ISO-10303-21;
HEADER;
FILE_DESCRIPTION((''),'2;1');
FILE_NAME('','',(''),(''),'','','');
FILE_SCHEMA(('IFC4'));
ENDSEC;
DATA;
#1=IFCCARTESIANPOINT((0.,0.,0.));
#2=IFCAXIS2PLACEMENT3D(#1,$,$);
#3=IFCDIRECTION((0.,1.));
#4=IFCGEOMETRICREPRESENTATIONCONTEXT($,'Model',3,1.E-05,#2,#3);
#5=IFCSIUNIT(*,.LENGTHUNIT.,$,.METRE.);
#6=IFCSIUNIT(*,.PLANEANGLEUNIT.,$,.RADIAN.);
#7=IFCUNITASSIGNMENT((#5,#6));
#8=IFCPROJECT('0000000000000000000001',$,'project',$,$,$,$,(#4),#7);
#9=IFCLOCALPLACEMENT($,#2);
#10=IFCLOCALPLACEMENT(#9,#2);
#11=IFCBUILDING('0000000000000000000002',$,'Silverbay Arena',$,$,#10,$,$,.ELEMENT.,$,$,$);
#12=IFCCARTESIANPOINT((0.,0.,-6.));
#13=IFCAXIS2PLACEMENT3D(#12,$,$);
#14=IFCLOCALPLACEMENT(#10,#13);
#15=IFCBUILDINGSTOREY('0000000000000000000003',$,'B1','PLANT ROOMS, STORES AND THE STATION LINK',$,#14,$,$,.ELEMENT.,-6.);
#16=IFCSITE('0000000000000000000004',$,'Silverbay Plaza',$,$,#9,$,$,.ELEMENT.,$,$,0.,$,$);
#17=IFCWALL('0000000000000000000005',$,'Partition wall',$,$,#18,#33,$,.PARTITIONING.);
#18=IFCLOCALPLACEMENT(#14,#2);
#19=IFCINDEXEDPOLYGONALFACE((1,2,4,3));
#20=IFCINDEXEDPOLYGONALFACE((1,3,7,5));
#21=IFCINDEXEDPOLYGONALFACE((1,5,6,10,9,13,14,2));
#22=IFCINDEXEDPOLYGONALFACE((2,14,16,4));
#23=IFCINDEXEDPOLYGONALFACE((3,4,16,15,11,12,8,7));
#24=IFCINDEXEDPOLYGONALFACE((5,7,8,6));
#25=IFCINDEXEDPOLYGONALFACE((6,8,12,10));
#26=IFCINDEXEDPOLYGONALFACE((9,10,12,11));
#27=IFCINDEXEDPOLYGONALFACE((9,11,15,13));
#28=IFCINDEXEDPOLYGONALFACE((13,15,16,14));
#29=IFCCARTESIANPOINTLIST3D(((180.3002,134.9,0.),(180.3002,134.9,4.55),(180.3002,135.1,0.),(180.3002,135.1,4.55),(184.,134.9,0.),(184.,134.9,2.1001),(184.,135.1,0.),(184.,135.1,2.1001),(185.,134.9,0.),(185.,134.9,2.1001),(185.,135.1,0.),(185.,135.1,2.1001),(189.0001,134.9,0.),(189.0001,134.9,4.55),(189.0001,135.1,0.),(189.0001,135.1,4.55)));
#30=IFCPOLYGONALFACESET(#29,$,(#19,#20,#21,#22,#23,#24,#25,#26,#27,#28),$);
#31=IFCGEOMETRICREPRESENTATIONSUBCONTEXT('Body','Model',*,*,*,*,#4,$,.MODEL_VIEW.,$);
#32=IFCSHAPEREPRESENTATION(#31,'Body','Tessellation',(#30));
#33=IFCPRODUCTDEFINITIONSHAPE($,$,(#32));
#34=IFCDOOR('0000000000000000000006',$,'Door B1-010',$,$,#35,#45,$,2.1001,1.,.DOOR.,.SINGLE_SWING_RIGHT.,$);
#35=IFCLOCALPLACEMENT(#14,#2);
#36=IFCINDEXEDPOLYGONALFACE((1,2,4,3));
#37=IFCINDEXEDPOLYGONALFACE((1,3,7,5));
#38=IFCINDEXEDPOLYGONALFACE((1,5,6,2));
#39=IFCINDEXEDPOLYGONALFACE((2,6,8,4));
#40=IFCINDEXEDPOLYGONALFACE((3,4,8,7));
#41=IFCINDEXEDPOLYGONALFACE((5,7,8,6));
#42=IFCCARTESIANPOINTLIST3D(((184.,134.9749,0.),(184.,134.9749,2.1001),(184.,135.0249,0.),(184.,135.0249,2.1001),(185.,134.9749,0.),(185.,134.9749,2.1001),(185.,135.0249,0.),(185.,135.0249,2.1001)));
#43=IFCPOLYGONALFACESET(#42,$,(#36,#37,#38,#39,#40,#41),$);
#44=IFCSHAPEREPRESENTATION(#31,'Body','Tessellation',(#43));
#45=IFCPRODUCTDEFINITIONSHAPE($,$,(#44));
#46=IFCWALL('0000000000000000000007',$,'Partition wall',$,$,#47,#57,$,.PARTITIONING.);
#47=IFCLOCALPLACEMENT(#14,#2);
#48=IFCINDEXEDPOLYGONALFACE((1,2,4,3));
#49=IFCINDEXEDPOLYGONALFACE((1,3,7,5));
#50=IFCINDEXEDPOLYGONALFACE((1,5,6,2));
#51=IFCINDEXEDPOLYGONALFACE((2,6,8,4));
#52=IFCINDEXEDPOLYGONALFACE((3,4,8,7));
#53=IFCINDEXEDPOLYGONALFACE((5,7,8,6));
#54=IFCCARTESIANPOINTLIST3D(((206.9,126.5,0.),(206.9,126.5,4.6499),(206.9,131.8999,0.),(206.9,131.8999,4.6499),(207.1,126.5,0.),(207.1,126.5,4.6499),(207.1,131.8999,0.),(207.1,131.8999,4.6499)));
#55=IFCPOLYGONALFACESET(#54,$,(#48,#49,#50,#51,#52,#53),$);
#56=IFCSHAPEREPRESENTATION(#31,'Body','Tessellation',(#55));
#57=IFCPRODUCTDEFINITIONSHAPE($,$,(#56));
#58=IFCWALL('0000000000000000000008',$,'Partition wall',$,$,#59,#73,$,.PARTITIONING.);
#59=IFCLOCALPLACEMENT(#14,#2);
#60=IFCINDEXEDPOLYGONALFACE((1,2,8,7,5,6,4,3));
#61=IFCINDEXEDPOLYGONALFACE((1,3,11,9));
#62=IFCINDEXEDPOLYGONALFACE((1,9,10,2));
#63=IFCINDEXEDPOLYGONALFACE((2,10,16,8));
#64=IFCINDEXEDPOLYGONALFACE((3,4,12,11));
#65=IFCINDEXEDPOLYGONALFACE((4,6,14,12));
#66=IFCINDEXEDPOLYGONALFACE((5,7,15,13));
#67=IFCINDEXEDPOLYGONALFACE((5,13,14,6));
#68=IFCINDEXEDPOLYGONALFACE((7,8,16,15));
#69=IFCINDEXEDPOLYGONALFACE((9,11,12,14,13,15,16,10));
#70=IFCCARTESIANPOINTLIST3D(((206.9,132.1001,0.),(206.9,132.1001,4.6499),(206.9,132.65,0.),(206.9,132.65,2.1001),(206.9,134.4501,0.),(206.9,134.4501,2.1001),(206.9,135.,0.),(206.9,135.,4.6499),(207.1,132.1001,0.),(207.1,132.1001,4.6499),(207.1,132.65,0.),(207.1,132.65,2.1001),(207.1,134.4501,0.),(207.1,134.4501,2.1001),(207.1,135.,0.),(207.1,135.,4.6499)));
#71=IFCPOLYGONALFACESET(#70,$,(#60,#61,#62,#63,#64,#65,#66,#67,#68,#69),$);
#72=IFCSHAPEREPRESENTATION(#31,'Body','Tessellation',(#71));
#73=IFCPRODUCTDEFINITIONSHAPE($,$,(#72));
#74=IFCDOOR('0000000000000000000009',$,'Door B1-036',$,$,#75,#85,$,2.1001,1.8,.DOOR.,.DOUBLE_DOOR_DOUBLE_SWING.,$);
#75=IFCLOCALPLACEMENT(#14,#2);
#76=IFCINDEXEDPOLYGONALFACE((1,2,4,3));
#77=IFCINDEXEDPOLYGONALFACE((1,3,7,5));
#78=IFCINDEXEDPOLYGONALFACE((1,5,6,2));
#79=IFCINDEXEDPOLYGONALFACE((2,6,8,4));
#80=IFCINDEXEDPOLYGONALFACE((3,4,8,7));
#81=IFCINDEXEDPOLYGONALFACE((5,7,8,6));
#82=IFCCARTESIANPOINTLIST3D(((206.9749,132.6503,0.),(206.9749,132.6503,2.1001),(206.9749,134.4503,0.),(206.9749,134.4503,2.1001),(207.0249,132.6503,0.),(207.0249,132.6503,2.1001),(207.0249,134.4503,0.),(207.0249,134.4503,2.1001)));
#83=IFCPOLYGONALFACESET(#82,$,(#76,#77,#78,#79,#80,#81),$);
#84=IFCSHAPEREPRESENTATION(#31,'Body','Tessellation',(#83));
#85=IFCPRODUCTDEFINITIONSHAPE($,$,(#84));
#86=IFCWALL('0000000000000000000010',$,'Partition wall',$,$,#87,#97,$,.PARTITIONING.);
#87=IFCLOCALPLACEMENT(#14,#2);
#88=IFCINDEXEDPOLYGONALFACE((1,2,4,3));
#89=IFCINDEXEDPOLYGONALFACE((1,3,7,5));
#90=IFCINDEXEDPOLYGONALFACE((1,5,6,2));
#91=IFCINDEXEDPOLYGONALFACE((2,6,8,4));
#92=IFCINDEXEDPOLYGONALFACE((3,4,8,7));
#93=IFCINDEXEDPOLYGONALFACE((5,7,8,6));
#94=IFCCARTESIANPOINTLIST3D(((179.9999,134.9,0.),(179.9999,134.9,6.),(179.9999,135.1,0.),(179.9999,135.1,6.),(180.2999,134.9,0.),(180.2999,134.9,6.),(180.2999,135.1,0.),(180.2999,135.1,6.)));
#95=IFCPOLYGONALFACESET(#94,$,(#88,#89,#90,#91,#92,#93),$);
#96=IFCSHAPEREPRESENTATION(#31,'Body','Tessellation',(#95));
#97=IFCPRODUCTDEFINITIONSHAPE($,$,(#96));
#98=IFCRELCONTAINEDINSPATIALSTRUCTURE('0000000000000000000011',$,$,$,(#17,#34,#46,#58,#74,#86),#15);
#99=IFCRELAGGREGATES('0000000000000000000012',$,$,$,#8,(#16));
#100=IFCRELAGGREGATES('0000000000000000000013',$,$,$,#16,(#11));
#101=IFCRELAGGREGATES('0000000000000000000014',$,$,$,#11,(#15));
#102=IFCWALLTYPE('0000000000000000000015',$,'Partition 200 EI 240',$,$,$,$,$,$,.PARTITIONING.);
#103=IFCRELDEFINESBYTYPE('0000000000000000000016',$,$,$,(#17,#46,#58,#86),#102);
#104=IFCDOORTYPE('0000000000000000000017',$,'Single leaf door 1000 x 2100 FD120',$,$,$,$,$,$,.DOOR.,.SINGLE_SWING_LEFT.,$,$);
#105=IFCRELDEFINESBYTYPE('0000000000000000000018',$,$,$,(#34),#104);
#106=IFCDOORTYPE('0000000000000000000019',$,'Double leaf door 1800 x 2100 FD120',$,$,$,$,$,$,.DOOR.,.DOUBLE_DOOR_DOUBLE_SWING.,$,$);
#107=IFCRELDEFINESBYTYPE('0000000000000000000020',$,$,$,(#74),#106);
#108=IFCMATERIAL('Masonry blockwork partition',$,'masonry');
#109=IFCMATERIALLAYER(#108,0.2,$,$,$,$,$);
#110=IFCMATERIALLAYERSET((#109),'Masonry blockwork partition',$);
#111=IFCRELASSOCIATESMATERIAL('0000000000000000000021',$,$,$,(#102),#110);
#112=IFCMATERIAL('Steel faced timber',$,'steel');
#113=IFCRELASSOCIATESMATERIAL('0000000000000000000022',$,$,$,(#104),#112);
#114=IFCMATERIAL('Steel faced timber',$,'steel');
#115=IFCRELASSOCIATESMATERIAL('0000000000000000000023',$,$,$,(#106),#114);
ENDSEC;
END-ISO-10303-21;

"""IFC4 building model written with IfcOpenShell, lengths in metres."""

from ifc_helpers import new_model, si_unit, direction, frame, frame_2d, origin, place, context, subcontext, project, spatial, rectangle, extrude, material, layer, layer_set, type_object, element, fill, save


model = new_model("IFC4")

# Units and contexts
model_context = context("Model", 3, precision=1e-05, world=origin(), true_north=direction((0.0, 1.0)))
body_context = subcontext(model_context, "Body", "Model", "MODEL_VIEW")
ifc_project = project(units=[si_unit("LENGTHUNIT", "METRE"), si_unit("PLANEANGLEUNIT", "RADIAN")], contexts=[model_context])

# Site, building, storey
site_placement = place(None, origin())
site = spatial("IfcSite", under=ifc_project, at=site_placement, Name="Silverbay Plaza", CompositionType="ELEMENT", RefElevation=0.0)
building_placement = place(site_placement, origin())
building = spatial("IfcBuilding", under=site, at=building_placement, Name="Silverbay Arena", CompositionType="ELEMENT")
storey_placement = place(building_placement, frame((0.0, 0.0, -6.0)))
storey = spatial("IfcBuildingStorey", under=building, at=storey_placement, Name="B1", Description="PLANT ROOMS, STORES AND THE STATION LINK", CompositionType="ELEMENT", Elevation=-6.0)

# Shared definitions
ifc_material_1 = material(Name="Masonry blockwork partition", Category="masonry")
ifc_layer_1 = layer(ifc_material_1, 0.2)
ifc_layer_set_1 = layer_set([ifc_layer_1], Name="Masonry blockwork partition")
wall_type_1 = type_object("IfcWallType", Name="Partition 200 EI 240", PredefinedType="PARTITIONING", material=ifc_layer_set_1)

# Wall, opening, door
wall_1_placement = place(storey_placement, frame((180.3, 135.0, 0.0), z_axis=(0.0, 0.0, 1.0), x_axis=(1.0, 0.0, 0.0)))
wall_1 = element("IfcWall", 1, at=wall_1_placement, inside=storey, type_object=wall_type_1, Name="Partition wall", PredefinedType="PARTITIONING", context=body_context, shape_type="SweptSolid", body=[
    extrude(rectangle(XDim=8.7, YDim=0.2, at=frame_2d((4.3501, 0.0))), origin(), (0.0, 0.0, 1.0), 4.55),
])
opening_1_placement = place(wall_1_placement, frame((3.7, 0.0, 0.0)))
opening_1 = element("IfcOpeningElement", 2, at=opening_1_placement, cuts=wall_1, PredefinedType="OPENING", context=body_context, shape_type="SweptSolid", body=[
    extrude(rectangle(XDim=1.0, YDim=2.1001, at=frame_2d((0.5, 1.05))), frame((0.0, 0.1099, 0.0), z_axis=(0.0, -1.0, 0.0), x_axis=(1.0, 0.0, 0.0)), (0.0, 0.0, 1.0), 0.22),
])
ifc_material_2 = material(Name="Steel faced timber", Category="steel")
door_type_1 = type_object("IfcDoorType", Name="Single leaf door 1000 x 2100 FD120", OperationType="SINGLE_SWING_LEFT", PredefinedType="DOOR", material=ifc_material_2)
door_1_placement = place(opening_1_placement, origin())
door_1 = element("IfcDoor", 3, at=door_1_placement, inside=storey, type_object=door_type_1, Name="Door B1-010", OperationType="SINGLE_SWING_RIGHT", OverallHeight=2.1001, OverallWidth=1.0, PredefinedType="DOOR", context=body_context, shape_type="SweptSolid", body=[
    extrude(rectangle(XDim=1.0, YDim=2.1001, at=frame_2d((0.5, 1.05))), frame((0.0, 0.0249, 0.0), z_axis=(0.0, -1.0, 0.0), x_axis=(1.0, 0.0, 0.0)), (0.0, 0.0, 1.0), 0.05),
])
fill(opening_1, door_1)

# Wall
wall_2_placement = place(storey_placement, frame((207.0, 126.5, 0.0), z_axis=(0.0, 0.0, 1.0), x_axis=(0.0, 1.0, 0.0)))
element("IfcWall", 4, at=wall_2_placement, inside=storey, type_object=wall_type_1, Name="Partition wall", PredefinedType="PARTITIONING", context=body_context, shape_type="SweptSolid", body=[
    extrude(rectangle(XDim=5.3999, YDim=0.2, at=frame_2d((2.7, 0.0))), origin(), (0.0, 0.0, 1.0), 4.6499),
])

# Wall, opening, door
wall_3_placement = place(storey_placement, frame((207.0, 132.1001, 0.0), z_axis=(0.0, 0.0, 1.0), x_axis=(0.0, 1.0, 0.0)))
wall_3 = element("IfcWall", 5, at=wall_3_placement, inside=storey, type_object=wall_type_1, Name="Partition wall", PredefinedType="PARTITIONING", context=body_context, shape_type="SweptSolid", body=[
    extrude(rectangle(XDim=2.8999, YDim=0.2, at=frame_2d((1.45, 0.0))), origin(), (0.0, 0.0, 1.0), 4.6499),
])
opening_2_placement = place(wall_3_placement, frame((0.55, 0.0, 0.0)))
opening_2 = element("IfcOpeningElement", 6, at=opening_2_placement, cuts=wall_3, PredefinedType="OPENING", context=body_context, shape_type="SweptSolid", body=[
    extrude(rectangle(XDim=1.8, YDim=2.1001, at=frame_2d((0.8999, 1.05))), frame((0.0, 0.1099, 0.0), z_axis=(0.0, -1.0, 0.0), x_axis=(1.0, 0.0, 0.0)), (0.0, 0.0, 1.0), 0.22),
])
ifc_material_3 = material(Name="Steel faced timber", Category="steel")
door_type_2 = type_object("IfcDoorType", Name="Double leaf door 1800 x 2100 FD120", OperationType="DOUBLE_DOOR_DOUBLE_SWING", PredefinedType="DOOR", material=ifc_material_3)
door_2_placement = place(opening_2_placement, frame((1.8, 0.0, 0.0), z_axis=(0.0, 0.0, 1.0), x_axis=(-1.0, 0.0, 0.0)))
door_2 = element("IfcDoor", 7, at=door_2_placement, inside=storey, type_object=door_type_2, Name="Door B1-036", OperationType="DOUBLE_DOOR_DOUBLE_SWING", OverallHeight=2.1001, OverallWidth=1.8, PredefinedType="DOOR", context=body_context, shape_type="SweptSolid", body=[
    extrude(rectangle(XDim=1.8, YDim=2.1001, at=frame_2d((0.8999, 1.05))), frame((0.0, 0.0249, 0.0), z_axis=(0.0, -1.0, 0.0), x_axis=(1.0, 0.0, 0.0)), (0.0, 0.0, 1.0), 0.05),
])
fill(opening_2, door_2)

# Wall
wall_4_placement = place(storey_placement, frame((180.0, 135.0, 0.0), z_axis=(0.0, 0.0, 1.0), x_axis=(1.0, 0.0, 0.0)))
element("IfcWall", 8, at=wall_4_placement, inside=storey, type_object=wall_type_1, Name="Partition wall", PredefinedType="PARTITIONING", context=body_context, shape_type="SweptSolid", body=[
    extrude(rectangle(XDim=0.3, YDim=0.2, at=frame_2d((0.1499, 0.0))), origin(), (0.0, 0.0, 1.0), 6.0),
])

save(model, "model.ifc")
